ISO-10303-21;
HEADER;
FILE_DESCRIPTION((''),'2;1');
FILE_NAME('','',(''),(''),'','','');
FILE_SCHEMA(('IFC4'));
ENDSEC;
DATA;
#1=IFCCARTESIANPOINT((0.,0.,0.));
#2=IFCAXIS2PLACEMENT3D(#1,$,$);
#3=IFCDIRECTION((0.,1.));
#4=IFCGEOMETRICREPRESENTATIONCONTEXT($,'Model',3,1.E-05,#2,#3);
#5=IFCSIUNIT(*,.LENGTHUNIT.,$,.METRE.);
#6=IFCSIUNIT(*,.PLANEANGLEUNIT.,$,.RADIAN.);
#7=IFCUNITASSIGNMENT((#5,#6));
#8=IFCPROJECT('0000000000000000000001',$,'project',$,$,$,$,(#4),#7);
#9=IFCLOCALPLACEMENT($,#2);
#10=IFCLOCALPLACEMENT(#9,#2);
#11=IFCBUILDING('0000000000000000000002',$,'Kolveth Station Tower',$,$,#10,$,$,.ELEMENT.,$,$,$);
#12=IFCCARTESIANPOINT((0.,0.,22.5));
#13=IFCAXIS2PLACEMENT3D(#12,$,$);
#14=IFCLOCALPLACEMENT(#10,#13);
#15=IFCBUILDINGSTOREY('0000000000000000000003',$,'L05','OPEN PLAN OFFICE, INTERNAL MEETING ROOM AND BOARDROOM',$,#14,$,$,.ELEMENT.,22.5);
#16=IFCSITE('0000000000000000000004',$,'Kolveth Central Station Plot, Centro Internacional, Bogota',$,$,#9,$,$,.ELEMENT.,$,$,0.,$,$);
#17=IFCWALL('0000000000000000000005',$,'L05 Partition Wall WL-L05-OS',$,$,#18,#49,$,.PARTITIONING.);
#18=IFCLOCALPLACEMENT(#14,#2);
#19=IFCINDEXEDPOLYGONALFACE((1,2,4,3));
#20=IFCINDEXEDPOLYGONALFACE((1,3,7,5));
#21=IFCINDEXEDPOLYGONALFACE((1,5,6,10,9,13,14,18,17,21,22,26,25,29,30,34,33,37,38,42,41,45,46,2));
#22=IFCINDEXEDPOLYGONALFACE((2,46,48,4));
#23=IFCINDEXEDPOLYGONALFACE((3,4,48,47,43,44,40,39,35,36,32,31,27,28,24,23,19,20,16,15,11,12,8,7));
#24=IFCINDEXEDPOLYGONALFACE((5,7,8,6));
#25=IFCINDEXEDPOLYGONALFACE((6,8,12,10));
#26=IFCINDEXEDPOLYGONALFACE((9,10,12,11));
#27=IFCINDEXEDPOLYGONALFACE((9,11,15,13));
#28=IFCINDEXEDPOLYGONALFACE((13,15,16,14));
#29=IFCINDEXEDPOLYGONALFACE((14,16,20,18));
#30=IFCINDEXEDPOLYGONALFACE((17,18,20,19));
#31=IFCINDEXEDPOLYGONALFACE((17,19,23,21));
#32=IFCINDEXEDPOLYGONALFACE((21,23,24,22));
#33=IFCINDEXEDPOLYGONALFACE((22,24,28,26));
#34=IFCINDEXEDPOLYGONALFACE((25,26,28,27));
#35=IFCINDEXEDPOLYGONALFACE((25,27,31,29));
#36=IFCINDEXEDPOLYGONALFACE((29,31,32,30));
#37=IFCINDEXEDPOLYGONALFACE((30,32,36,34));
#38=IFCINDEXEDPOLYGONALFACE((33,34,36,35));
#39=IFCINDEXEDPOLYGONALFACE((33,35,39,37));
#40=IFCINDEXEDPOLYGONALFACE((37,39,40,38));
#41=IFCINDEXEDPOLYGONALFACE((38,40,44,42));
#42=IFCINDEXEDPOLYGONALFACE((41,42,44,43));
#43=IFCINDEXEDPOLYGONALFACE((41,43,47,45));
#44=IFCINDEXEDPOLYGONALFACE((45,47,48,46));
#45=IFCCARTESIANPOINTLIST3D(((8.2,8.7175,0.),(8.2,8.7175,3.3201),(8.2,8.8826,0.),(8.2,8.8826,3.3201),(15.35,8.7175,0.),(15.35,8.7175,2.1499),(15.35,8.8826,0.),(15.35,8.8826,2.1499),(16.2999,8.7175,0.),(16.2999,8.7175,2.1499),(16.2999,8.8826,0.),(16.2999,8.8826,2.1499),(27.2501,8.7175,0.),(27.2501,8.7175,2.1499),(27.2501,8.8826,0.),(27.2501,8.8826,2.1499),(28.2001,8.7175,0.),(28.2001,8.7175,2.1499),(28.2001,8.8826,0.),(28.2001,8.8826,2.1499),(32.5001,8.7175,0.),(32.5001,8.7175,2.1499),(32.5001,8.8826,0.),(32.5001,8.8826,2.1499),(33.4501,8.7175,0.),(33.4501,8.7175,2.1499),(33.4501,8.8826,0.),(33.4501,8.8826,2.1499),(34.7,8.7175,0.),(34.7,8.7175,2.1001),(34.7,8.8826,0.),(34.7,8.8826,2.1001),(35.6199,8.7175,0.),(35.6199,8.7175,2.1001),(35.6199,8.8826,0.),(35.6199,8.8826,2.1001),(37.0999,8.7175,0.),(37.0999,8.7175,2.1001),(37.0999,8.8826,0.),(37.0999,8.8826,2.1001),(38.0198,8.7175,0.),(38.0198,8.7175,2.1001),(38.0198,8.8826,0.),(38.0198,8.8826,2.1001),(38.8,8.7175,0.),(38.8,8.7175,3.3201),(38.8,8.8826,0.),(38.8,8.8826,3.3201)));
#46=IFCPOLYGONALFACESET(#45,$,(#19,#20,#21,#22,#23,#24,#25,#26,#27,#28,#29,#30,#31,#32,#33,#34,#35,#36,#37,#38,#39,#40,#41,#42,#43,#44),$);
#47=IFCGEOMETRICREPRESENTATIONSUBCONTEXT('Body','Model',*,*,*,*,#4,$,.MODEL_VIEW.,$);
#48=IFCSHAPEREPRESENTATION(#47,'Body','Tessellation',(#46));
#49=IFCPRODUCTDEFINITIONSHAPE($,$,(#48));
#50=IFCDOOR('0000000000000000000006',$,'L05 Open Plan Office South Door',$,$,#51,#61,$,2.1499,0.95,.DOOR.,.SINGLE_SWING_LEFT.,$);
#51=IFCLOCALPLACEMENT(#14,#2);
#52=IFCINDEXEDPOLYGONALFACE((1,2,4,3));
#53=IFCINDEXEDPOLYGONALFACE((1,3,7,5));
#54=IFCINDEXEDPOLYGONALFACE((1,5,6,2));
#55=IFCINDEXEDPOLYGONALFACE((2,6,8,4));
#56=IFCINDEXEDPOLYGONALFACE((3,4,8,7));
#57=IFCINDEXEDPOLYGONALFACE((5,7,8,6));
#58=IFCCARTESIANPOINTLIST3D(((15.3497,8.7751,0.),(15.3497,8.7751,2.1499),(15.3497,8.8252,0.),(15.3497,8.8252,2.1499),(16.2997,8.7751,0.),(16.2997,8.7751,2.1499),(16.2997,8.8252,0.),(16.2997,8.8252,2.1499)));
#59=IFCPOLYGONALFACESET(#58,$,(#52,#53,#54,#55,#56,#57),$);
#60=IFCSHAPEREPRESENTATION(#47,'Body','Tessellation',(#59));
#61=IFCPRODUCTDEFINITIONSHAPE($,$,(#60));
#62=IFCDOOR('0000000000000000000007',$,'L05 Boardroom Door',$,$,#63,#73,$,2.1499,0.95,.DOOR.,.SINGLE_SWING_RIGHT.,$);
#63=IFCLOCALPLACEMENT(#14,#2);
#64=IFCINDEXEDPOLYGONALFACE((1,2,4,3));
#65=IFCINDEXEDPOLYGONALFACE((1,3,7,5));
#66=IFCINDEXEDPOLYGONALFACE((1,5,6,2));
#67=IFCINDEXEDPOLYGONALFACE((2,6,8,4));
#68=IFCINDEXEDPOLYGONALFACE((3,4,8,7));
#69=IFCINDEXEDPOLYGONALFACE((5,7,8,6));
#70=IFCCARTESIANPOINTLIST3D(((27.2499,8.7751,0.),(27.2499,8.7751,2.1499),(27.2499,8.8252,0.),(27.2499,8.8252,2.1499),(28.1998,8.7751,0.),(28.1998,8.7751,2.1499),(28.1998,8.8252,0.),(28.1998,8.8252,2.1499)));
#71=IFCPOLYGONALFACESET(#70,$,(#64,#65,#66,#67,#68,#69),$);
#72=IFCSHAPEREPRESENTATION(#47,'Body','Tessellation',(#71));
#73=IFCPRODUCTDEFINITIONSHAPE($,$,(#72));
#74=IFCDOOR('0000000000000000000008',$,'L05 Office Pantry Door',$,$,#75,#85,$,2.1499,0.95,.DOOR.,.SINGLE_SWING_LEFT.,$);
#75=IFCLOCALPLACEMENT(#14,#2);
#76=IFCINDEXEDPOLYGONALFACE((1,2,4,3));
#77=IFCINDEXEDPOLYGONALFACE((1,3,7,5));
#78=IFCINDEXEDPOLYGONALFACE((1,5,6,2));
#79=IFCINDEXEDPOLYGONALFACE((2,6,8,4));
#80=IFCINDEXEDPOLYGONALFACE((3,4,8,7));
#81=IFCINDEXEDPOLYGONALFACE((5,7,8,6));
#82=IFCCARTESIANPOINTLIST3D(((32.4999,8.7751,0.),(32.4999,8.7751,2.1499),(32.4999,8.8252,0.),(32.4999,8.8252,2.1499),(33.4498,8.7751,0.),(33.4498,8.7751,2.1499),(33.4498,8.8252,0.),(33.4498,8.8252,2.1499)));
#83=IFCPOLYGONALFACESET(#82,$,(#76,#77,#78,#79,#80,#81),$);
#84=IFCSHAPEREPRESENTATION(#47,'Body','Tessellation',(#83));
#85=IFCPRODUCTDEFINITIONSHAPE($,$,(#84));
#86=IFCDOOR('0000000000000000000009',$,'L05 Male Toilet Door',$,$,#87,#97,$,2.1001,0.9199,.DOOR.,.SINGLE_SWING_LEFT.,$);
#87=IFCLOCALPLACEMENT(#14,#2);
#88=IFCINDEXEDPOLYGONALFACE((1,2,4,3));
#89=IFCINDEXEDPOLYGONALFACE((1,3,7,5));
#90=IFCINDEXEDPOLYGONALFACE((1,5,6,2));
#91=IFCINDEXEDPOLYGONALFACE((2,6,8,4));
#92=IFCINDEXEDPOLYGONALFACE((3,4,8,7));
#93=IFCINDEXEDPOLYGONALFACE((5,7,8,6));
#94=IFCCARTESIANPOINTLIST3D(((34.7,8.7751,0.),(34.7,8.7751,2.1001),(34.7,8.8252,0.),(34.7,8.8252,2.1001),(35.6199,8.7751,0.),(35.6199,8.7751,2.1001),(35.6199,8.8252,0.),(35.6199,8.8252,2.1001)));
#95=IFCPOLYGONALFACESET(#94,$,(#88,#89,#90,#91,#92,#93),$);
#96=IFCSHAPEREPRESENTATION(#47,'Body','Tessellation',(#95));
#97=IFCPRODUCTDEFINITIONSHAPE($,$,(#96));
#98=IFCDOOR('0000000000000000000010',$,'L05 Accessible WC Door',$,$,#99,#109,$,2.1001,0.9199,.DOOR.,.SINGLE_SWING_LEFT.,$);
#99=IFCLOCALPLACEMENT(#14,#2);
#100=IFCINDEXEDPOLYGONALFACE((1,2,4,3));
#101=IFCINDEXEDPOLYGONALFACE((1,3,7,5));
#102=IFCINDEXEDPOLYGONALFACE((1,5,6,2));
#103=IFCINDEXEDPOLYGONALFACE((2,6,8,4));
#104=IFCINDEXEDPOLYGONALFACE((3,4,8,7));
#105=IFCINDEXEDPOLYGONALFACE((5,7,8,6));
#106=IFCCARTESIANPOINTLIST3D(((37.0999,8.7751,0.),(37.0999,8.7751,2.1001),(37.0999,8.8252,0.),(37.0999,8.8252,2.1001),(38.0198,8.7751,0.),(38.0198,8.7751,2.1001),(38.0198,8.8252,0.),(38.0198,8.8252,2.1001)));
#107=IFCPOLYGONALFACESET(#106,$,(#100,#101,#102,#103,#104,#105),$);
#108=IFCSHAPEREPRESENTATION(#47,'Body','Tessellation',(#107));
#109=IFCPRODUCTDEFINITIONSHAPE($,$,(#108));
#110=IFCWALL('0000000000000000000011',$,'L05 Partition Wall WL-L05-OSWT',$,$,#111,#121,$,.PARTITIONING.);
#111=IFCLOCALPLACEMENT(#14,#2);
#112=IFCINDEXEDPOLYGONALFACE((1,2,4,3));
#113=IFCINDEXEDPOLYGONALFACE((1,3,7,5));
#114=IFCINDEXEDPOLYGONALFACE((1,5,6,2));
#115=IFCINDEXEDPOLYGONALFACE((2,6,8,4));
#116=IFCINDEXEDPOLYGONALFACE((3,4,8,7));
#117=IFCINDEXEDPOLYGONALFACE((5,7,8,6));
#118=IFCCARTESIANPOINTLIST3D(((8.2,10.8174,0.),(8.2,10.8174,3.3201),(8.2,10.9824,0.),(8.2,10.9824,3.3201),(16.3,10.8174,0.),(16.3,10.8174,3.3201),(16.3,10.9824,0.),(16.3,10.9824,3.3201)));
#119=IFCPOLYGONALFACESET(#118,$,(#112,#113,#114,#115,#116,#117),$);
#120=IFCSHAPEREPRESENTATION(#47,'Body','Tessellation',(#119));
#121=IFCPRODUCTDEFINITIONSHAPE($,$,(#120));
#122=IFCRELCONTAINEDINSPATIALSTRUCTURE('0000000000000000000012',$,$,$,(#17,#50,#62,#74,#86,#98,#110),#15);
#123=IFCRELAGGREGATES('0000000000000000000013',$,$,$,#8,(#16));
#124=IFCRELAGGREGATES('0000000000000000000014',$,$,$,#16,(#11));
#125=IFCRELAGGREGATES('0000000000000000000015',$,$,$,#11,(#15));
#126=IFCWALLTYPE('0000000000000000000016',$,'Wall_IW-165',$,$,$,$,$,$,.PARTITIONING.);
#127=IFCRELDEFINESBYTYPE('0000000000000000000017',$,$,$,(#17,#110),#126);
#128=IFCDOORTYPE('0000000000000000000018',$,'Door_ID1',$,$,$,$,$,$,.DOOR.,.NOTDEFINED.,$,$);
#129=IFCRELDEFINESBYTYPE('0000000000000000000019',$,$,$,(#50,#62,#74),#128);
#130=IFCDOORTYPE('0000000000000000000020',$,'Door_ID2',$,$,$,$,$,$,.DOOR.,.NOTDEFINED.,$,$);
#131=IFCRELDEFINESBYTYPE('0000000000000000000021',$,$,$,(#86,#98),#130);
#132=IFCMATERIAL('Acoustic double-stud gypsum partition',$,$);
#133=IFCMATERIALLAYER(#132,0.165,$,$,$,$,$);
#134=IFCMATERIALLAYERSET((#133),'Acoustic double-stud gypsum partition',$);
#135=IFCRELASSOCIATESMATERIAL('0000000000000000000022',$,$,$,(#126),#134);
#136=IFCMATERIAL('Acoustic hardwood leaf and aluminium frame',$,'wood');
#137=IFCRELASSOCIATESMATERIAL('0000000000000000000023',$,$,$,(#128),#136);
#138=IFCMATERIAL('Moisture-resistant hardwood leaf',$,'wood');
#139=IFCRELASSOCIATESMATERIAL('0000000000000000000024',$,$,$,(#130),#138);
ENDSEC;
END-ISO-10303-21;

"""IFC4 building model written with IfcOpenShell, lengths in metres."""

from ifc_helpers import new_model, si_unit, direction, frame, frame_2d, origin, place, context, subcontext, project, spatial, rectangle, extrude, material, layer, layer_set, type_object, element, fill, save


model = new_model("IFC4")

# Units and contexts
model_context = context("Model", 3, precision=1e-05, world=origin(), true_north=direction((0.0, 1.0)))
body_context = subcontext(model_context, "Body", "Model", "MODEL_VIEW")
ifc_project = project(units=[si_unit("LENGTHUNIT", "METRE"), si_unit("PLANEANGLEUNIT", "RADIAN")], contexts=[model_context])

# Site, building, storey
site_placement = place(None, origin())
site = spatial("IfcSite", under=ifc_project, at=site_placement, Name="Kolveth Central Station Plot, Centro Internacional, Bogota", CompositionType="ELEMENT", RefElevation=0.0)
building_placement = place(site_placement, origin())
building = spatial("IfcBuilding", under=site, at=building_placement, Name="Kolveth Station Tower", CompositionType="ELEMENT")
storey_placement = place(building_placement, frame((0.0, 0.0, 22.5)))
storey = spatial("IfcBuildingStorey", under=building, at=storey_placement, Name="L05", Description="OPEN PLAN OFFICE, INTERNAL MEETING ROOM AND BOARDROOM", CompositionType="ELEMENT", Elevation=22.5)

# Wall, openings, doors
ifc_material_1 = material(Name="Acoustic double-stud gypsum partition")
ifc_layer = layer(ifc_material_1, 0.165)
ifc_layer_set = layer_set([ifc_layer], Name="Acoustic double-stud gypsum partition")
wall_type = type_object("IfcWallType", Name="Wall_IW-165", PredefinedType="PARTITIONING", material=ifc_layer_set)
wall_1_placement = place(storey_placement, frame((8.2, 8.8, 0.0), z_axis=(0.0, 0.0, 1.0), x_axis=(1.0, 0.0, 0.0)))
wall_1 = element("IfcWall", 1, at=wall_1_placement, inside=storey, type_object=wall_type, Name="L05 Partition Wall WL-L05-OS", PredefinedType="PARTITIONING", context=body_context, shape_type="SweptSolid", body=[
    extrude(rectangle(XDim=30.6001, YDim=0.165, at=frame_2d((15.3, 0.0))), origin(), (0.0, 0.0, 1.0), 3.3201),
])
opening_1_placement = place(wall_1_placement, frame((7.1499, 0.0, 0.0)))
opening_1 = element("IfcOpeningElement", 2, at=opening_1_placement, cuts=wall_1, PredefinedType="OPENING", context=body_context, shape_type="SweptSolid", body=[
    extrude(rectangle(XDim=0.95, YDim=2.1499, at=frame_2d((0.4751, 1.075))), frame((0.0, 0.0925, 0.0), z_axis=(0.0, -1.0, 0.0), x_axis=(1.0, 0.0, 0.0)), (0.0, 0.0, 1.0), 0.1851),
])
opening_2_placement = place(wall_1_placement, frame((19.05, 0.0, 0.0)))
opening_2 = element("IfcOpeningElement", 3, at=opening_2_placement, cuts=wall_1, PredefinedType="OPENING", context=body_context, shape_type="SweptSolid", body=[
    extrude(rectangle(XDim=0.95, YDim=2.1499, at=frame_2d((0.4751, 1.075))), frame((0.0, 0.0925, 0.0), z_axis=(0.0, -1.0, 0.0), x_axis=(1.0, 0.0, 0.0)), (0.0, 0.0, 1.0), 0.1851),
])
opening_3_placement = place(wall_1_placement, frame((24.3, 0.0, 0.0)))
opening_3 = element("IfcOpeningElement", 4, at=opening_3_placement, cuts=wall_1, PredefinedType="OPENING", context=body_context, shape_type="SweptSolid", body=[
    extrude(rectangle(XDim=0.95, YDim=2.1499, at=frame_2d((0.4751, 1.075))), frame((0.0, 0.0925, 0.0), z_axis=(0.0, -1.0, 0.0), x_axis=(1.0, 0.0, 0.0)), (0.0, 0.0, 1.0), 0.1851),
])
opening_4_placement = place(wall_1_placement, frame((26.5, 0.0, 0.0)))
opening_4 = element("IfcOpeningElement", 5, at=opening_4_placement, cuts=wall_1, PredefinedType="OPENING", context=body_context, shape_type="SweptSolid", body=[
    extrude(rectangle(XDim=0.9199, YDim=2.1001, at=frame_2d((0.46, 1.05))), frame((0.0, 0.0925, 0.0), z_axis=(0.0, -1.0, 0.0), x_axis=(1.0, 0.0, 0.0)), (0.0, 0.0, 1.0), 0.1851),
])
opening_5_placement = place(wall_1_placement, frame((28.8999, 0.0, 0.0)))
opening_5 = element("IfcOpeningElement", 6, at=opening_5_placement, cuts=wall_1, PredefinedType="OPENING", context=body_context, shape_type="SweptSolid", body=[
    extrude(rectangle(XDim=0.9199, YDim=2.1001, at=frame_2d((0.46, 1.05))), frame((0.0, 0.0925, 0.0), z_axis=(0.0, -1.0, 0.0), x_axis=(1.0, 0.0, 0.0)), (0.0, 0.0, 1.0), 0.1851),
])
ifc_material_2 = material(Name="Acoustic hardwood leaf and aluminium frame", Category="wood")
door_type_1 = type_object("IfcDoorType", Name="Door_ID1", OperationType="NOTDEFINED", PredefinedType="DOOR", material=ifc_material_2)
door_1_placement = place(opening_1_placement, frame((0.95, 0.0, 0.0), z_axis=(0.0, 0.0, 1.0), x_axis=(-1.0, 0.0, 0.0)))
door_1 = element("IfcDoor", 7, at=door_1_placement, inside=storey, type_object=door_type_1, Name="L05 Open Plan Office South Door", OperationType="SINGLE_SWING_LEFT", OverallHeight=2.1499, OverallWidth=0.95, PredefinedType="DOOR", context=body_context, shape_type="SweptSolid", body=[
    extrude(rectangle(XDim=0.95, YDim=2.1499, at=frame_2d((0.4751, 1.075))), frame((0.0, 0.0249, 0.0), z_axis=(0.0, -1.0, 0.0), x_axis=(1.0, 0.0, 0.0)), (0.0, 0.0, 1.0), 0.05),
])
fill(opening_1, door_1)
door_2_placement = place(opening_2_placement, frame((0.95, 0.0, 0.0), z_axis=(0.0, 0.0, 1.0), x_axis=(-1.0, 0.0, 0.0)))
door_2 = element("IfcDoor", 8, at=door_2_placement, inside=storey, type_object=door_type_1, Name="L05 Boardroom Door", OperationType="SINGLE_SWING_RIGHT", OverallHeight=2.1499, OverallWidth=0.95, PredefinedType="DOOR", context=body_context, shape_type="SweptSolid", body=[
    extrude(rectangle(XDim=0.95, YDim=2.1499, at=frame_2d((0.4751, 1.075))), frame((0.0, 0.0249, 0.0), z_axis=(0.0, -1.0, 0.0), x_axis=(1.0, 0.0, 0.0)), (0.0, 0.0, 1.0), 0.05),
])
fill(opening_2, door_2)
door_3_placement = place(opening_3_placement, frame((0.95, 0.0, 0.0), z_axis=(0.0, 0.0, 1.0), x_axis=(-1.0, 0.0, 0.0)))
door_3 = element("IfcDoor", 9, at=door_3_placement, inside=storey, type_object=door_type_1, Name="L05 Office Pantry Door", OperationType="SINGLE_SWING_LEFT", OverallHeight=2.1499, OverallWidth=0.95, PredefinedType="DOOR", context=body_context, shape_type="SweptSolid", body=[
    extrude(rectangle(XDim=0.95, YDim=2.1499, at=frame_2d((0.4751, 1.075))), frame((0.0, 0.0249, 0.0), z_axis=(0.0, -1.0, 0.0), x_axis=(1.0, 0.0, 0.0)), (0.0, 0.0, 1.0), 0.05),
])
fill(opening_3, door_3)
ifc_material_3 = material(Name="Moisture-resistant hardwood leaf", Category="wood")
door_type_2 = type_object("IfcDoorType", Name="Door_ID2", OperationType="NOTDEFINED", PredefinedType="DOOR", material=ifc_material_3)
door_4_placement = place(opening_4_placement, frame((0.9199, 0.0, 0.0), z_axis=(0.0, 0.0, 1.0), x_axis=(-1.0, 0.0, 0.0)))
door_4 = element("IfcDoor", 10, at=door_4_placement, inside=storey, type_object=door_type_2, Name="L05 Male Toilet Door", OperationType="SINGLE_SWING_LEFT", OverallHeight=2.1001, OverallWidth=0.9199, PredefinedType="DOOR", context=body_context, shape_type="SweptSolid", body=[
    extrude(rectangle(XDim=0.9199, YDim=2.1001, at=frame_2d((0.46, 1.05))), frame((0.0, 0.0249, 0.0), z_axis=(0.0, -1.0, 0.0), x_axis=(1.0, 0.0, 0.0)), (0.0, 0.0, 1.0), 0.05),
])
fill(opening_4, door_4)
door_5_placement = place(opening_5_placement, frame((0.9199, 0.0, 0.0), z_axis=(0.0, 0.0, 1.0), x_axis=(-1.0, 0.0, 0.0)))
door_5 = element("IfcDoor", 11, at=door_5_placement, inside=storey, type_object=door_type_2, Name="L05 Accessible WC Door", OperationType="SINGLE_SWING_LEFT", OverallHeight=2.1001, OverallWidth=0.9199, PredefinedType="DOOR", context=body_context, shape_type="SweptSolid", body=[
    extrude(rectangle(XDim=0.9199, YDim=2.1001, at=frame_2d((0.46, 1.05))), frame((0.0, 0.0249, 0.0), z_axis=(0.0, -1.0, 0.0), x_axis=(1.0, 0.0, 0.0)), (0.0, 0.0, 1.0), 0.05),
])
fill(opening_5, door_5)

# Wall
wall_2_placement = place(storey_placement, frame((8.2, 10.8999, 0.0), z_axis=(0.0, 0.0, 1.0), x_axis=(1.0, 0.0, 0.0)))
element("IfcWall", 12, at=wall_2_placement, inside=storey, type_object=wall_type, Name="L05 Partition Wall WL-L05-OSWT", PredefinedType="PARTITIONING", context=body_context, shape_type="SweptSolid", body=[
    extrude(rectangle(XDim=8.1001, YDim=0.165, at=frame_2d((4.05, 0.0))), origin(), (0.0, 0.0, 1.0), 3.3201),
])

save(model, "model.ifc")
